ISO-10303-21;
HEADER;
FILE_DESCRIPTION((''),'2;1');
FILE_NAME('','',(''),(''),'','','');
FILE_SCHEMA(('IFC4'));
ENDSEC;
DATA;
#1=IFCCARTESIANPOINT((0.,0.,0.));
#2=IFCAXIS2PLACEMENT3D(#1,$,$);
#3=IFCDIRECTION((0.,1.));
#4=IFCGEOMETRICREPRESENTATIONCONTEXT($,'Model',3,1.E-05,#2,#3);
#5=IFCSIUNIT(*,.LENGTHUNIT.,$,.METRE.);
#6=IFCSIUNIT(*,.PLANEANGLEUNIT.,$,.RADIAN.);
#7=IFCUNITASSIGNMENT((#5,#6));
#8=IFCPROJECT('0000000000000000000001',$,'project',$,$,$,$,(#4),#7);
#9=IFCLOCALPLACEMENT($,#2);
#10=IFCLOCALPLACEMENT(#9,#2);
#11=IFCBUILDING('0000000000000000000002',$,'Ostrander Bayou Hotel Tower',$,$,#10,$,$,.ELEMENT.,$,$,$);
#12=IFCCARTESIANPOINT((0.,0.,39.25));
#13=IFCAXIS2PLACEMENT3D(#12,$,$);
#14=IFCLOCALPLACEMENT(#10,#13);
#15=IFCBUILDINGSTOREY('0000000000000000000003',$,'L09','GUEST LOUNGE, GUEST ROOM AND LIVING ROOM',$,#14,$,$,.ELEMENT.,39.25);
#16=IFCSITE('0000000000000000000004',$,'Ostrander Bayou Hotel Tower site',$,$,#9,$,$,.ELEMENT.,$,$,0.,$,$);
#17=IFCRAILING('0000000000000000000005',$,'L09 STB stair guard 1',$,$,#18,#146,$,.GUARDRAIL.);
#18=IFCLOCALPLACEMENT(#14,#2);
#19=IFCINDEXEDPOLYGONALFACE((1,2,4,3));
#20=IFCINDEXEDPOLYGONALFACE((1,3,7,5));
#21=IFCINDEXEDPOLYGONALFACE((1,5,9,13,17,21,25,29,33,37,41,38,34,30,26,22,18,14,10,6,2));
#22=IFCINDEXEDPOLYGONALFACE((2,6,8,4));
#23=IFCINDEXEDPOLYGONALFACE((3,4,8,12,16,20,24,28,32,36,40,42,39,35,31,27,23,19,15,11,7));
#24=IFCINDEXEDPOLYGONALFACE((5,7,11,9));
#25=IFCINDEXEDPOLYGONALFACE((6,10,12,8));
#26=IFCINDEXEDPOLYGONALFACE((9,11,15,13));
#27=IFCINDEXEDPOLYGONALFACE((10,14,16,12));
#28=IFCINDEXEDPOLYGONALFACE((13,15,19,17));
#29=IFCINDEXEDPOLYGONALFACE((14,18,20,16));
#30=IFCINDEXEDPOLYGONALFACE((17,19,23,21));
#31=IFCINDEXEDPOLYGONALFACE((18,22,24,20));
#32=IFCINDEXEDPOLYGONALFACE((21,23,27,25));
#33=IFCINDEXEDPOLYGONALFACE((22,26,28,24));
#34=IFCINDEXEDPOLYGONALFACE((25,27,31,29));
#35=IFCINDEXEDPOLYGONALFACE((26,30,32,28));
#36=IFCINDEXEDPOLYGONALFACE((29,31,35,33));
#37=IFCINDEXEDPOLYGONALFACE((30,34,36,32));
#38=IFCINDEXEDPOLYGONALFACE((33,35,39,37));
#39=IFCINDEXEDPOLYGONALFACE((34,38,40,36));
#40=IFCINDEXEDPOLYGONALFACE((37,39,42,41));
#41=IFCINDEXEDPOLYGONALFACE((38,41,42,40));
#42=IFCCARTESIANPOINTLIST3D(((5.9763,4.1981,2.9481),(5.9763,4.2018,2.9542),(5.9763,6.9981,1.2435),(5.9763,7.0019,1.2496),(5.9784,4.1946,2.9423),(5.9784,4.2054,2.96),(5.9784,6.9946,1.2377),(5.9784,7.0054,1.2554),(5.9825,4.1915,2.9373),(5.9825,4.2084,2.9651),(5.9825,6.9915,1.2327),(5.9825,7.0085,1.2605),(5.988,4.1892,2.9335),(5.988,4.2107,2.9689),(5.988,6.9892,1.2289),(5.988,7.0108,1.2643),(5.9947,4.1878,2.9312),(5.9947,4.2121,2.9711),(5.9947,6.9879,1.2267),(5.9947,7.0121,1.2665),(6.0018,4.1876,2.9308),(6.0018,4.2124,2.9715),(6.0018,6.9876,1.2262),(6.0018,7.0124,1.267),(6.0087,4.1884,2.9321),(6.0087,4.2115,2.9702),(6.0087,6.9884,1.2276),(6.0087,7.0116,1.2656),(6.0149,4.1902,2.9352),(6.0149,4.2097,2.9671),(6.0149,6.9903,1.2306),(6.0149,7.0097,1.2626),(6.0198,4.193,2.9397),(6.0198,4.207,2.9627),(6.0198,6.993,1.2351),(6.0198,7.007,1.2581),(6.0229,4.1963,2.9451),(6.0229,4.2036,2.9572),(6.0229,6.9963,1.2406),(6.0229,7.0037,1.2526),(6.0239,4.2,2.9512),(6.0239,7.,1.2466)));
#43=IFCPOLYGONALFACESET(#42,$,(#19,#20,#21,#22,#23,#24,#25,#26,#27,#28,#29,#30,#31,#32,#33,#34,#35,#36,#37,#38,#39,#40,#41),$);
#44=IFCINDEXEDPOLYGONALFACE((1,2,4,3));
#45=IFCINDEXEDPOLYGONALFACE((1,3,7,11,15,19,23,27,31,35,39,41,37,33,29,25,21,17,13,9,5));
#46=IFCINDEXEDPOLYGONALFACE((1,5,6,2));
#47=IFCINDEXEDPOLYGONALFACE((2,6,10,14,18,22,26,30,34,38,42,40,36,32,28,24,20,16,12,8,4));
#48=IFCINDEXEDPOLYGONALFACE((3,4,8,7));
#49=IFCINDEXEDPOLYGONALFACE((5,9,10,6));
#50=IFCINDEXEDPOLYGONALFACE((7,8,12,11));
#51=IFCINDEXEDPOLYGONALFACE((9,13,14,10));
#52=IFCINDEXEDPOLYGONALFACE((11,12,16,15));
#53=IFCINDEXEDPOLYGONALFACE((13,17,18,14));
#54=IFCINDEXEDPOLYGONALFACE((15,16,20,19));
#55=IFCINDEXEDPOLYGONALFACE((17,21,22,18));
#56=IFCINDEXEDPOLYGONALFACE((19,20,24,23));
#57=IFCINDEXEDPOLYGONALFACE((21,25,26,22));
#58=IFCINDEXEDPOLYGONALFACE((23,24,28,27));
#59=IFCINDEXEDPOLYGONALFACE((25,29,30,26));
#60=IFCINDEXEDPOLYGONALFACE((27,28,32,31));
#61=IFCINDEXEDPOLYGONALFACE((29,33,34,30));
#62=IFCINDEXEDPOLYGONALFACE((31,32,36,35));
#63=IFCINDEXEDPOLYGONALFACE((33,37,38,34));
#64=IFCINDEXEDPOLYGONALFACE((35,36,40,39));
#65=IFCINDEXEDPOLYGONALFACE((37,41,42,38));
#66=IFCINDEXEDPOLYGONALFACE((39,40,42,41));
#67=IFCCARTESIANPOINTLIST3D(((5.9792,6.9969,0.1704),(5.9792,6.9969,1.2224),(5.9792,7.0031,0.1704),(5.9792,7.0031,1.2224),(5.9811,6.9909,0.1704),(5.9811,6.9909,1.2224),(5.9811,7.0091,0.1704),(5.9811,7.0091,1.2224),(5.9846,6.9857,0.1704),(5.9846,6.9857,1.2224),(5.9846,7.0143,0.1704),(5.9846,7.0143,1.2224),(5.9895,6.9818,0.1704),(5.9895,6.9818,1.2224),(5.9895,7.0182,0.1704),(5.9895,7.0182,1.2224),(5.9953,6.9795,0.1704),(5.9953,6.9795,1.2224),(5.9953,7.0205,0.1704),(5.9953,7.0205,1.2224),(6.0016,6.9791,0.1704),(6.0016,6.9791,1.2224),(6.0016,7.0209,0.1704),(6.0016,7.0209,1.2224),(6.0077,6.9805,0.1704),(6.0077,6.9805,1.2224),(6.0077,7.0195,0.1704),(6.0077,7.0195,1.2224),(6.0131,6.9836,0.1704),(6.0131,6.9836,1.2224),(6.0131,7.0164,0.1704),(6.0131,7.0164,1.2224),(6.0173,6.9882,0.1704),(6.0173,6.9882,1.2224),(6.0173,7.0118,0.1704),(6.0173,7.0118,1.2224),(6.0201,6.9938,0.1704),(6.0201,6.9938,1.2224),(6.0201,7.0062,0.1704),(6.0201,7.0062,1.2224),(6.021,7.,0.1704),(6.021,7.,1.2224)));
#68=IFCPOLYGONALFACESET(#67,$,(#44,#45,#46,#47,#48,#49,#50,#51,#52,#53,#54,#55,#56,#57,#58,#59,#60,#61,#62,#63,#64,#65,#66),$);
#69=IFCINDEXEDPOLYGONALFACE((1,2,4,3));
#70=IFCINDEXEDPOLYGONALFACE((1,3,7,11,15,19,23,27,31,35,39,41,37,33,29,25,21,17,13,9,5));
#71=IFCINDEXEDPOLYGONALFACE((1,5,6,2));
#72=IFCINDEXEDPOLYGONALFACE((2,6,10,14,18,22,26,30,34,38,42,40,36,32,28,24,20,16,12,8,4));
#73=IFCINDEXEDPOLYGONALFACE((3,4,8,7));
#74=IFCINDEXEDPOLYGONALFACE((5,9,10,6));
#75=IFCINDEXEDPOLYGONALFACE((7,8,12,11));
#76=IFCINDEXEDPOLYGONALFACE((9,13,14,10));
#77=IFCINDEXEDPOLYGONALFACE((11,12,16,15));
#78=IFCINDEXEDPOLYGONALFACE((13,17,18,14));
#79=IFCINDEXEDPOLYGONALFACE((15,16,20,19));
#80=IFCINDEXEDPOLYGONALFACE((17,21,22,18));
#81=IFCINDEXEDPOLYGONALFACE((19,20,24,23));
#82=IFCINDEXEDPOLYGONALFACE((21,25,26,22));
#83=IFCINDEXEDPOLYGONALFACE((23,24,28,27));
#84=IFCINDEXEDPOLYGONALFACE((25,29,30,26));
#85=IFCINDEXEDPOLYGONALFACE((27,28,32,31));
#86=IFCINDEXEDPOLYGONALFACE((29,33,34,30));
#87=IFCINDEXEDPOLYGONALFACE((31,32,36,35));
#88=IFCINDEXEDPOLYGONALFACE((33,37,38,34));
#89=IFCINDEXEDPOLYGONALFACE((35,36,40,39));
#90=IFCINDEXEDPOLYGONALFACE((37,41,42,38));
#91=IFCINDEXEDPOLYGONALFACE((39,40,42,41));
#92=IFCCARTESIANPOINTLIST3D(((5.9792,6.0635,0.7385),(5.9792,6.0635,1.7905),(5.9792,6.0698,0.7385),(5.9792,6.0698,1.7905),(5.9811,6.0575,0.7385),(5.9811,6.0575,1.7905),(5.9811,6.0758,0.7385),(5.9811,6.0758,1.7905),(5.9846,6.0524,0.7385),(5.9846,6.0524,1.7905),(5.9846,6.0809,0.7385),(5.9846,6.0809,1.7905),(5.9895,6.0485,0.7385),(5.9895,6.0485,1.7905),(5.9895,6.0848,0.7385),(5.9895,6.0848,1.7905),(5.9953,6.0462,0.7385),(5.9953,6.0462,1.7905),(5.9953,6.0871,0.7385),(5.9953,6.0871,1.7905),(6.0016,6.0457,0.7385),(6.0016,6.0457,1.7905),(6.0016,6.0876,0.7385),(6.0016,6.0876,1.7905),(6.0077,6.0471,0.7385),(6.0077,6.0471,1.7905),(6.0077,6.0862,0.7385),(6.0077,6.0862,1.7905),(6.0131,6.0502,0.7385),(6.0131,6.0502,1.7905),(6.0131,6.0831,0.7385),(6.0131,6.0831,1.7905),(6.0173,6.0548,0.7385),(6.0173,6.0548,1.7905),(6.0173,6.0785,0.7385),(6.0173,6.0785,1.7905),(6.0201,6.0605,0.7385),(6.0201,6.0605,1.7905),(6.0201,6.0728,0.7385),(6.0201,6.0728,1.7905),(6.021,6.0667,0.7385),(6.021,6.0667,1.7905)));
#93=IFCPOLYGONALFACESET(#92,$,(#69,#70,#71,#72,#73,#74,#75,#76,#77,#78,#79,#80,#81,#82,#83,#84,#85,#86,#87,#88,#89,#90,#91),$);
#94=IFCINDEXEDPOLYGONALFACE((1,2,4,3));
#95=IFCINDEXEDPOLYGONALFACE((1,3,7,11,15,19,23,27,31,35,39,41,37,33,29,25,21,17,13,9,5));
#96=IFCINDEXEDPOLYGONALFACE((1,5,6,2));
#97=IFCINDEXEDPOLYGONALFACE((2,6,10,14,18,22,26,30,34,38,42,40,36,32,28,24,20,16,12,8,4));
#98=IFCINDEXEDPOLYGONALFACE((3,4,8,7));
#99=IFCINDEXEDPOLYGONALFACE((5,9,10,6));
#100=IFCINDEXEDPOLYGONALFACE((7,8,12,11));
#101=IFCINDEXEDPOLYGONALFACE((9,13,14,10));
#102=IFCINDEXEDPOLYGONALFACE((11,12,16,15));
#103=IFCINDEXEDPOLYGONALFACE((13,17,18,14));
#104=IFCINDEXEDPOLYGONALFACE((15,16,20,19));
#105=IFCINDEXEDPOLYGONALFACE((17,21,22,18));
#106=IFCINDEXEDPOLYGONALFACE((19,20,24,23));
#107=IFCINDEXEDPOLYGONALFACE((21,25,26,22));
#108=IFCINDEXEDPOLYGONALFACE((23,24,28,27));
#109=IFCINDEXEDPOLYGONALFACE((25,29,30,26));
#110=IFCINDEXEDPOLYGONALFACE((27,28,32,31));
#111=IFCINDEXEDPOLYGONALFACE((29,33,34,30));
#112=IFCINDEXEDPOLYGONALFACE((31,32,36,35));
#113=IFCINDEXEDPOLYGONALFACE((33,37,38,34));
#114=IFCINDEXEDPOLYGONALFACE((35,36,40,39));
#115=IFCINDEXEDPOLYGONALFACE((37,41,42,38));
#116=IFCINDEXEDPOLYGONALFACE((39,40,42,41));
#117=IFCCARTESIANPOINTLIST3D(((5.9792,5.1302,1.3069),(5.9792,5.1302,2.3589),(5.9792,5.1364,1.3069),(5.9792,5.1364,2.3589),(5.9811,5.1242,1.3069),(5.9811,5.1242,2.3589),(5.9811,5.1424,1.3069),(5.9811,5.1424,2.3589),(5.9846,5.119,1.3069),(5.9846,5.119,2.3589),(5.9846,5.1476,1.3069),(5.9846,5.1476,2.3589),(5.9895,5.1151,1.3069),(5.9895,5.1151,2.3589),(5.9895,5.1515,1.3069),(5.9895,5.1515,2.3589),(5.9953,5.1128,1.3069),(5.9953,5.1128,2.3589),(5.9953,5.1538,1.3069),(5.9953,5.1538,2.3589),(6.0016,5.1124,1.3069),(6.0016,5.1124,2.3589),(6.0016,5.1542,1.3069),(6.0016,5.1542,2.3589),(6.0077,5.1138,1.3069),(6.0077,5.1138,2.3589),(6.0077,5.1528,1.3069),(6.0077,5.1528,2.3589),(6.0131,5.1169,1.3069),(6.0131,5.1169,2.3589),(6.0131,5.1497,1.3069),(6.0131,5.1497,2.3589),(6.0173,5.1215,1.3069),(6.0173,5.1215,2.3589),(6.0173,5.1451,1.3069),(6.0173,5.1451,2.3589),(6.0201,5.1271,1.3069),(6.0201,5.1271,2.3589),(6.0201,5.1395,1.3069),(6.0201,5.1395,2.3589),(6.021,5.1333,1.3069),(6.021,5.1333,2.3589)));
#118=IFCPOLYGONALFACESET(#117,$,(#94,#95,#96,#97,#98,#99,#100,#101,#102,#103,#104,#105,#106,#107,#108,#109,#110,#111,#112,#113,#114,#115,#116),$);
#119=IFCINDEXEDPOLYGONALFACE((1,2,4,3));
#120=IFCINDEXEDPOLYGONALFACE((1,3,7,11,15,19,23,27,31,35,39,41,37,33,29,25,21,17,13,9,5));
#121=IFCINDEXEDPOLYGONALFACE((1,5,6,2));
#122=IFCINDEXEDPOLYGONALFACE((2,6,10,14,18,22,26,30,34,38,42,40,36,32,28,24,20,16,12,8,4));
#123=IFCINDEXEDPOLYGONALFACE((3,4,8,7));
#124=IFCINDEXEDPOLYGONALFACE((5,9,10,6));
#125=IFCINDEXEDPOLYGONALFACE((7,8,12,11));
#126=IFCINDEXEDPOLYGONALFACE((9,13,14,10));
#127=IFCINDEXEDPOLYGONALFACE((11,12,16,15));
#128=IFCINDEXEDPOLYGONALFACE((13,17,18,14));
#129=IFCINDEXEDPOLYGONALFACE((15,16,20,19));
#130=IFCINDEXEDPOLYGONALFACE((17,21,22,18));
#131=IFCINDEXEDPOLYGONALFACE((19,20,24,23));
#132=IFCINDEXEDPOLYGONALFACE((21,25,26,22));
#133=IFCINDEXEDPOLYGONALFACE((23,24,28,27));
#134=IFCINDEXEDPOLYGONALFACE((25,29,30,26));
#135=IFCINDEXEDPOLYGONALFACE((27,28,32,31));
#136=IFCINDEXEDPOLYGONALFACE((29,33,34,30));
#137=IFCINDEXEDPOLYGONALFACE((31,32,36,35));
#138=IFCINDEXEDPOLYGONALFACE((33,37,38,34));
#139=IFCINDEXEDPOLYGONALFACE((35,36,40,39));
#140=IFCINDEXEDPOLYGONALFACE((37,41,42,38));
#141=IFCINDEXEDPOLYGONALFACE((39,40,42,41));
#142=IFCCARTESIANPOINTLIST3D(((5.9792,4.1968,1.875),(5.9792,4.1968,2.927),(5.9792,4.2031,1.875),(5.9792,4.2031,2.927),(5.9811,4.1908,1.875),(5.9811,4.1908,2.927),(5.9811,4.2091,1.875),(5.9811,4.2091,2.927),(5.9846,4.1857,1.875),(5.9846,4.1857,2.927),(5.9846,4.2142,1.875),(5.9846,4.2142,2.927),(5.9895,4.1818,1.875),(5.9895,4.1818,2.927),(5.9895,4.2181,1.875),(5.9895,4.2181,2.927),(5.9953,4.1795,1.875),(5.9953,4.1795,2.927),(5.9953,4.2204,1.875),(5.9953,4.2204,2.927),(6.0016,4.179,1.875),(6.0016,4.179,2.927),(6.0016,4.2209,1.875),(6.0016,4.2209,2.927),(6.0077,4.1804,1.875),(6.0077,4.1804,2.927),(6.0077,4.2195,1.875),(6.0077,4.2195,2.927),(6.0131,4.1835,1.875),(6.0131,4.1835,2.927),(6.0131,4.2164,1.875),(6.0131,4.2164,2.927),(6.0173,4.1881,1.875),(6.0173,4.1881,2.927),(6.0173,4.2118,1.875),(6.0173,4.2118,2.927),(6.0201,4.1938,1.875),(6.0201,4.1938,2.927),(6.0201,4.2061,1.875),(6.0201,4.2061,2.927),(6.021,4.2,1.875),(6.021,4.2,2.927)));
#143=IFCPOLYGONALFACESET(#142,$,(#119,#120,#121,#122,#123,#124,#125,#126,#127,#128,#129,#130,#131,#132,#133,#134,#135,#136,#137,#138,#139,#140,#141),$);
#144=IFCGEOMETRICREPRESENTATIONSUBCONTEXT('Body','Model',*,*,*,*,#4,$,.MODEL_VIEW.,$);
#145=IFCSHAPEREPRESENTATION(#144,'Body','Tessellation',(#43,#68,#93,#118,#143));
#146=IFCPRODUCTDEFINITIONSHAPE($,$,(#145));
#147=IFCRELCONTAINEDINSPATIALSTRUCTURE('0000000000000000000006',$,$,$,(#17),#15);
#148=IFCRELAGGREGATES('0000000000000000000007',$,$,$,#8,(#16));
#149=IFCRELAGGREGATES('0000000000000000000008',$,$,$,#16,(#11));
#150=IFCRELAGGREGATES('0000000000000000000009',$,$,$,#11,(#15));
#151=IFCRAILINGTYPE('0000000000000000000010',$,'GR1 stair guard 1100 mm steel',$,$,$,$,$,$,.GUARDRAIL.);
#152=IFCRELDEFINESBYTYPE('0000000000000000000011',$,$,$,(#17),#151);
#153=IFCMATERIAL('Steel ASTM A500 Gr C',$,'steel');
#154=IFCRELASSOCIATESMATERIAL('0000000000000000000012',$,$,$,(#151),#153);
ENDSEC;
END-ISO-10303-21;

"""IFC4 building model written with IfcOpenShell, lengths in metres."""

from ifc_helpers import new_model, si_unit, direction, frame, origin, origin_2d, place, context, subcontext, project, spatial, circle, extrude, material, type_object, element, save


model = new_model("IFC4")

# Units and contexts
model_context = context("Model", 3, precision=1e-05, world=origin(), true_north=direction((0.0, 1.0)))
body_context = subcontext(model_context, "Body", "Model", "MODEL_VIEW")
ifc_project = project(units=[si_unit("LENGTHUNIT", "METRE"), si_unit("PLANEANGLEUNIT", "RADIAN")], contexts=[model_context])

# Site, building, storey
site_placement = place(None, origin())
site = spatial("IfcSite", under=ifc_project, at=site_placement, Name="Ostrander Bayou Hotel Tower site", CompositionType="ELEMENT", RefElevation=0.0)
building_placement = place(site_placement, origin())
building = spatial("IfcBuilding", under=site, at=building_placement, Name="Ostrander Bayou Hotel Tower", CompositionType="ELEMENT")
storey_placement = place(building_placement, frame((0.0, 0.0, 39.25)))
storey = spatial("IfcBuildingStorey", under=building, at=storey_placement, Name="L09", Description="GUEST LOUNGE, GUEST ROOM AND LIVING ROOM", CompositionType="ELEMENT", Elevation=39.25)

# Railing
ifc_material_1 = material(Name="Steel ASTM A500 Gr C", Category="steel")
railing_type_1 = type_object("IfcRailingType", Name="GR1 stair guard 1100 mm steel", PredefinedType="GUARDRAIL", material=ifc_material_1)
railing_1_placement = place(storey_placement, frame((6.0, 7.0, 0.1704)))
element("IfcRailing", 1, at=railing_1_placement, inside=storey, type_object=railing_type_1, Name="L09 STB stair guard 1", PredefinedType="GUARDRAIL", context=body_context, shape_type="SweptSolid", body=[
    extrude(circle(Radius=0.0239, at=origin_2d()), frame((0.0, 0.0, 1.0762), z_axis=(0.0, -0.85417, 0.519994), x_axis=(1.0, 0.0, 0.0)), (0.0, 0.0, 1.0), 3.2781),
    extrude(circle(Radius=0.021, at=origin_2d()), origin(), (0.0, 0.0, 1.0), 1.052),
    extrude(circle(Radius=0.021, at=origin_2d()), frame((0.0, -0.9333, 0.5681)), (0.0, 0.0, 1.0), 1.052),
    extrude(circle(Radius=0.021, at=origin_2d()), frame((0.0, -1.8667, 1.1365)), (0.0, 0.0, 1.0), 1.052),
    extrude(circle(Radius=0.021, at=origin_2d()), frame((0.0, -2.8, 1.7046)), (0.0, 0.0, 1.0), 1.052),
])

save(model, "model.ifc")
